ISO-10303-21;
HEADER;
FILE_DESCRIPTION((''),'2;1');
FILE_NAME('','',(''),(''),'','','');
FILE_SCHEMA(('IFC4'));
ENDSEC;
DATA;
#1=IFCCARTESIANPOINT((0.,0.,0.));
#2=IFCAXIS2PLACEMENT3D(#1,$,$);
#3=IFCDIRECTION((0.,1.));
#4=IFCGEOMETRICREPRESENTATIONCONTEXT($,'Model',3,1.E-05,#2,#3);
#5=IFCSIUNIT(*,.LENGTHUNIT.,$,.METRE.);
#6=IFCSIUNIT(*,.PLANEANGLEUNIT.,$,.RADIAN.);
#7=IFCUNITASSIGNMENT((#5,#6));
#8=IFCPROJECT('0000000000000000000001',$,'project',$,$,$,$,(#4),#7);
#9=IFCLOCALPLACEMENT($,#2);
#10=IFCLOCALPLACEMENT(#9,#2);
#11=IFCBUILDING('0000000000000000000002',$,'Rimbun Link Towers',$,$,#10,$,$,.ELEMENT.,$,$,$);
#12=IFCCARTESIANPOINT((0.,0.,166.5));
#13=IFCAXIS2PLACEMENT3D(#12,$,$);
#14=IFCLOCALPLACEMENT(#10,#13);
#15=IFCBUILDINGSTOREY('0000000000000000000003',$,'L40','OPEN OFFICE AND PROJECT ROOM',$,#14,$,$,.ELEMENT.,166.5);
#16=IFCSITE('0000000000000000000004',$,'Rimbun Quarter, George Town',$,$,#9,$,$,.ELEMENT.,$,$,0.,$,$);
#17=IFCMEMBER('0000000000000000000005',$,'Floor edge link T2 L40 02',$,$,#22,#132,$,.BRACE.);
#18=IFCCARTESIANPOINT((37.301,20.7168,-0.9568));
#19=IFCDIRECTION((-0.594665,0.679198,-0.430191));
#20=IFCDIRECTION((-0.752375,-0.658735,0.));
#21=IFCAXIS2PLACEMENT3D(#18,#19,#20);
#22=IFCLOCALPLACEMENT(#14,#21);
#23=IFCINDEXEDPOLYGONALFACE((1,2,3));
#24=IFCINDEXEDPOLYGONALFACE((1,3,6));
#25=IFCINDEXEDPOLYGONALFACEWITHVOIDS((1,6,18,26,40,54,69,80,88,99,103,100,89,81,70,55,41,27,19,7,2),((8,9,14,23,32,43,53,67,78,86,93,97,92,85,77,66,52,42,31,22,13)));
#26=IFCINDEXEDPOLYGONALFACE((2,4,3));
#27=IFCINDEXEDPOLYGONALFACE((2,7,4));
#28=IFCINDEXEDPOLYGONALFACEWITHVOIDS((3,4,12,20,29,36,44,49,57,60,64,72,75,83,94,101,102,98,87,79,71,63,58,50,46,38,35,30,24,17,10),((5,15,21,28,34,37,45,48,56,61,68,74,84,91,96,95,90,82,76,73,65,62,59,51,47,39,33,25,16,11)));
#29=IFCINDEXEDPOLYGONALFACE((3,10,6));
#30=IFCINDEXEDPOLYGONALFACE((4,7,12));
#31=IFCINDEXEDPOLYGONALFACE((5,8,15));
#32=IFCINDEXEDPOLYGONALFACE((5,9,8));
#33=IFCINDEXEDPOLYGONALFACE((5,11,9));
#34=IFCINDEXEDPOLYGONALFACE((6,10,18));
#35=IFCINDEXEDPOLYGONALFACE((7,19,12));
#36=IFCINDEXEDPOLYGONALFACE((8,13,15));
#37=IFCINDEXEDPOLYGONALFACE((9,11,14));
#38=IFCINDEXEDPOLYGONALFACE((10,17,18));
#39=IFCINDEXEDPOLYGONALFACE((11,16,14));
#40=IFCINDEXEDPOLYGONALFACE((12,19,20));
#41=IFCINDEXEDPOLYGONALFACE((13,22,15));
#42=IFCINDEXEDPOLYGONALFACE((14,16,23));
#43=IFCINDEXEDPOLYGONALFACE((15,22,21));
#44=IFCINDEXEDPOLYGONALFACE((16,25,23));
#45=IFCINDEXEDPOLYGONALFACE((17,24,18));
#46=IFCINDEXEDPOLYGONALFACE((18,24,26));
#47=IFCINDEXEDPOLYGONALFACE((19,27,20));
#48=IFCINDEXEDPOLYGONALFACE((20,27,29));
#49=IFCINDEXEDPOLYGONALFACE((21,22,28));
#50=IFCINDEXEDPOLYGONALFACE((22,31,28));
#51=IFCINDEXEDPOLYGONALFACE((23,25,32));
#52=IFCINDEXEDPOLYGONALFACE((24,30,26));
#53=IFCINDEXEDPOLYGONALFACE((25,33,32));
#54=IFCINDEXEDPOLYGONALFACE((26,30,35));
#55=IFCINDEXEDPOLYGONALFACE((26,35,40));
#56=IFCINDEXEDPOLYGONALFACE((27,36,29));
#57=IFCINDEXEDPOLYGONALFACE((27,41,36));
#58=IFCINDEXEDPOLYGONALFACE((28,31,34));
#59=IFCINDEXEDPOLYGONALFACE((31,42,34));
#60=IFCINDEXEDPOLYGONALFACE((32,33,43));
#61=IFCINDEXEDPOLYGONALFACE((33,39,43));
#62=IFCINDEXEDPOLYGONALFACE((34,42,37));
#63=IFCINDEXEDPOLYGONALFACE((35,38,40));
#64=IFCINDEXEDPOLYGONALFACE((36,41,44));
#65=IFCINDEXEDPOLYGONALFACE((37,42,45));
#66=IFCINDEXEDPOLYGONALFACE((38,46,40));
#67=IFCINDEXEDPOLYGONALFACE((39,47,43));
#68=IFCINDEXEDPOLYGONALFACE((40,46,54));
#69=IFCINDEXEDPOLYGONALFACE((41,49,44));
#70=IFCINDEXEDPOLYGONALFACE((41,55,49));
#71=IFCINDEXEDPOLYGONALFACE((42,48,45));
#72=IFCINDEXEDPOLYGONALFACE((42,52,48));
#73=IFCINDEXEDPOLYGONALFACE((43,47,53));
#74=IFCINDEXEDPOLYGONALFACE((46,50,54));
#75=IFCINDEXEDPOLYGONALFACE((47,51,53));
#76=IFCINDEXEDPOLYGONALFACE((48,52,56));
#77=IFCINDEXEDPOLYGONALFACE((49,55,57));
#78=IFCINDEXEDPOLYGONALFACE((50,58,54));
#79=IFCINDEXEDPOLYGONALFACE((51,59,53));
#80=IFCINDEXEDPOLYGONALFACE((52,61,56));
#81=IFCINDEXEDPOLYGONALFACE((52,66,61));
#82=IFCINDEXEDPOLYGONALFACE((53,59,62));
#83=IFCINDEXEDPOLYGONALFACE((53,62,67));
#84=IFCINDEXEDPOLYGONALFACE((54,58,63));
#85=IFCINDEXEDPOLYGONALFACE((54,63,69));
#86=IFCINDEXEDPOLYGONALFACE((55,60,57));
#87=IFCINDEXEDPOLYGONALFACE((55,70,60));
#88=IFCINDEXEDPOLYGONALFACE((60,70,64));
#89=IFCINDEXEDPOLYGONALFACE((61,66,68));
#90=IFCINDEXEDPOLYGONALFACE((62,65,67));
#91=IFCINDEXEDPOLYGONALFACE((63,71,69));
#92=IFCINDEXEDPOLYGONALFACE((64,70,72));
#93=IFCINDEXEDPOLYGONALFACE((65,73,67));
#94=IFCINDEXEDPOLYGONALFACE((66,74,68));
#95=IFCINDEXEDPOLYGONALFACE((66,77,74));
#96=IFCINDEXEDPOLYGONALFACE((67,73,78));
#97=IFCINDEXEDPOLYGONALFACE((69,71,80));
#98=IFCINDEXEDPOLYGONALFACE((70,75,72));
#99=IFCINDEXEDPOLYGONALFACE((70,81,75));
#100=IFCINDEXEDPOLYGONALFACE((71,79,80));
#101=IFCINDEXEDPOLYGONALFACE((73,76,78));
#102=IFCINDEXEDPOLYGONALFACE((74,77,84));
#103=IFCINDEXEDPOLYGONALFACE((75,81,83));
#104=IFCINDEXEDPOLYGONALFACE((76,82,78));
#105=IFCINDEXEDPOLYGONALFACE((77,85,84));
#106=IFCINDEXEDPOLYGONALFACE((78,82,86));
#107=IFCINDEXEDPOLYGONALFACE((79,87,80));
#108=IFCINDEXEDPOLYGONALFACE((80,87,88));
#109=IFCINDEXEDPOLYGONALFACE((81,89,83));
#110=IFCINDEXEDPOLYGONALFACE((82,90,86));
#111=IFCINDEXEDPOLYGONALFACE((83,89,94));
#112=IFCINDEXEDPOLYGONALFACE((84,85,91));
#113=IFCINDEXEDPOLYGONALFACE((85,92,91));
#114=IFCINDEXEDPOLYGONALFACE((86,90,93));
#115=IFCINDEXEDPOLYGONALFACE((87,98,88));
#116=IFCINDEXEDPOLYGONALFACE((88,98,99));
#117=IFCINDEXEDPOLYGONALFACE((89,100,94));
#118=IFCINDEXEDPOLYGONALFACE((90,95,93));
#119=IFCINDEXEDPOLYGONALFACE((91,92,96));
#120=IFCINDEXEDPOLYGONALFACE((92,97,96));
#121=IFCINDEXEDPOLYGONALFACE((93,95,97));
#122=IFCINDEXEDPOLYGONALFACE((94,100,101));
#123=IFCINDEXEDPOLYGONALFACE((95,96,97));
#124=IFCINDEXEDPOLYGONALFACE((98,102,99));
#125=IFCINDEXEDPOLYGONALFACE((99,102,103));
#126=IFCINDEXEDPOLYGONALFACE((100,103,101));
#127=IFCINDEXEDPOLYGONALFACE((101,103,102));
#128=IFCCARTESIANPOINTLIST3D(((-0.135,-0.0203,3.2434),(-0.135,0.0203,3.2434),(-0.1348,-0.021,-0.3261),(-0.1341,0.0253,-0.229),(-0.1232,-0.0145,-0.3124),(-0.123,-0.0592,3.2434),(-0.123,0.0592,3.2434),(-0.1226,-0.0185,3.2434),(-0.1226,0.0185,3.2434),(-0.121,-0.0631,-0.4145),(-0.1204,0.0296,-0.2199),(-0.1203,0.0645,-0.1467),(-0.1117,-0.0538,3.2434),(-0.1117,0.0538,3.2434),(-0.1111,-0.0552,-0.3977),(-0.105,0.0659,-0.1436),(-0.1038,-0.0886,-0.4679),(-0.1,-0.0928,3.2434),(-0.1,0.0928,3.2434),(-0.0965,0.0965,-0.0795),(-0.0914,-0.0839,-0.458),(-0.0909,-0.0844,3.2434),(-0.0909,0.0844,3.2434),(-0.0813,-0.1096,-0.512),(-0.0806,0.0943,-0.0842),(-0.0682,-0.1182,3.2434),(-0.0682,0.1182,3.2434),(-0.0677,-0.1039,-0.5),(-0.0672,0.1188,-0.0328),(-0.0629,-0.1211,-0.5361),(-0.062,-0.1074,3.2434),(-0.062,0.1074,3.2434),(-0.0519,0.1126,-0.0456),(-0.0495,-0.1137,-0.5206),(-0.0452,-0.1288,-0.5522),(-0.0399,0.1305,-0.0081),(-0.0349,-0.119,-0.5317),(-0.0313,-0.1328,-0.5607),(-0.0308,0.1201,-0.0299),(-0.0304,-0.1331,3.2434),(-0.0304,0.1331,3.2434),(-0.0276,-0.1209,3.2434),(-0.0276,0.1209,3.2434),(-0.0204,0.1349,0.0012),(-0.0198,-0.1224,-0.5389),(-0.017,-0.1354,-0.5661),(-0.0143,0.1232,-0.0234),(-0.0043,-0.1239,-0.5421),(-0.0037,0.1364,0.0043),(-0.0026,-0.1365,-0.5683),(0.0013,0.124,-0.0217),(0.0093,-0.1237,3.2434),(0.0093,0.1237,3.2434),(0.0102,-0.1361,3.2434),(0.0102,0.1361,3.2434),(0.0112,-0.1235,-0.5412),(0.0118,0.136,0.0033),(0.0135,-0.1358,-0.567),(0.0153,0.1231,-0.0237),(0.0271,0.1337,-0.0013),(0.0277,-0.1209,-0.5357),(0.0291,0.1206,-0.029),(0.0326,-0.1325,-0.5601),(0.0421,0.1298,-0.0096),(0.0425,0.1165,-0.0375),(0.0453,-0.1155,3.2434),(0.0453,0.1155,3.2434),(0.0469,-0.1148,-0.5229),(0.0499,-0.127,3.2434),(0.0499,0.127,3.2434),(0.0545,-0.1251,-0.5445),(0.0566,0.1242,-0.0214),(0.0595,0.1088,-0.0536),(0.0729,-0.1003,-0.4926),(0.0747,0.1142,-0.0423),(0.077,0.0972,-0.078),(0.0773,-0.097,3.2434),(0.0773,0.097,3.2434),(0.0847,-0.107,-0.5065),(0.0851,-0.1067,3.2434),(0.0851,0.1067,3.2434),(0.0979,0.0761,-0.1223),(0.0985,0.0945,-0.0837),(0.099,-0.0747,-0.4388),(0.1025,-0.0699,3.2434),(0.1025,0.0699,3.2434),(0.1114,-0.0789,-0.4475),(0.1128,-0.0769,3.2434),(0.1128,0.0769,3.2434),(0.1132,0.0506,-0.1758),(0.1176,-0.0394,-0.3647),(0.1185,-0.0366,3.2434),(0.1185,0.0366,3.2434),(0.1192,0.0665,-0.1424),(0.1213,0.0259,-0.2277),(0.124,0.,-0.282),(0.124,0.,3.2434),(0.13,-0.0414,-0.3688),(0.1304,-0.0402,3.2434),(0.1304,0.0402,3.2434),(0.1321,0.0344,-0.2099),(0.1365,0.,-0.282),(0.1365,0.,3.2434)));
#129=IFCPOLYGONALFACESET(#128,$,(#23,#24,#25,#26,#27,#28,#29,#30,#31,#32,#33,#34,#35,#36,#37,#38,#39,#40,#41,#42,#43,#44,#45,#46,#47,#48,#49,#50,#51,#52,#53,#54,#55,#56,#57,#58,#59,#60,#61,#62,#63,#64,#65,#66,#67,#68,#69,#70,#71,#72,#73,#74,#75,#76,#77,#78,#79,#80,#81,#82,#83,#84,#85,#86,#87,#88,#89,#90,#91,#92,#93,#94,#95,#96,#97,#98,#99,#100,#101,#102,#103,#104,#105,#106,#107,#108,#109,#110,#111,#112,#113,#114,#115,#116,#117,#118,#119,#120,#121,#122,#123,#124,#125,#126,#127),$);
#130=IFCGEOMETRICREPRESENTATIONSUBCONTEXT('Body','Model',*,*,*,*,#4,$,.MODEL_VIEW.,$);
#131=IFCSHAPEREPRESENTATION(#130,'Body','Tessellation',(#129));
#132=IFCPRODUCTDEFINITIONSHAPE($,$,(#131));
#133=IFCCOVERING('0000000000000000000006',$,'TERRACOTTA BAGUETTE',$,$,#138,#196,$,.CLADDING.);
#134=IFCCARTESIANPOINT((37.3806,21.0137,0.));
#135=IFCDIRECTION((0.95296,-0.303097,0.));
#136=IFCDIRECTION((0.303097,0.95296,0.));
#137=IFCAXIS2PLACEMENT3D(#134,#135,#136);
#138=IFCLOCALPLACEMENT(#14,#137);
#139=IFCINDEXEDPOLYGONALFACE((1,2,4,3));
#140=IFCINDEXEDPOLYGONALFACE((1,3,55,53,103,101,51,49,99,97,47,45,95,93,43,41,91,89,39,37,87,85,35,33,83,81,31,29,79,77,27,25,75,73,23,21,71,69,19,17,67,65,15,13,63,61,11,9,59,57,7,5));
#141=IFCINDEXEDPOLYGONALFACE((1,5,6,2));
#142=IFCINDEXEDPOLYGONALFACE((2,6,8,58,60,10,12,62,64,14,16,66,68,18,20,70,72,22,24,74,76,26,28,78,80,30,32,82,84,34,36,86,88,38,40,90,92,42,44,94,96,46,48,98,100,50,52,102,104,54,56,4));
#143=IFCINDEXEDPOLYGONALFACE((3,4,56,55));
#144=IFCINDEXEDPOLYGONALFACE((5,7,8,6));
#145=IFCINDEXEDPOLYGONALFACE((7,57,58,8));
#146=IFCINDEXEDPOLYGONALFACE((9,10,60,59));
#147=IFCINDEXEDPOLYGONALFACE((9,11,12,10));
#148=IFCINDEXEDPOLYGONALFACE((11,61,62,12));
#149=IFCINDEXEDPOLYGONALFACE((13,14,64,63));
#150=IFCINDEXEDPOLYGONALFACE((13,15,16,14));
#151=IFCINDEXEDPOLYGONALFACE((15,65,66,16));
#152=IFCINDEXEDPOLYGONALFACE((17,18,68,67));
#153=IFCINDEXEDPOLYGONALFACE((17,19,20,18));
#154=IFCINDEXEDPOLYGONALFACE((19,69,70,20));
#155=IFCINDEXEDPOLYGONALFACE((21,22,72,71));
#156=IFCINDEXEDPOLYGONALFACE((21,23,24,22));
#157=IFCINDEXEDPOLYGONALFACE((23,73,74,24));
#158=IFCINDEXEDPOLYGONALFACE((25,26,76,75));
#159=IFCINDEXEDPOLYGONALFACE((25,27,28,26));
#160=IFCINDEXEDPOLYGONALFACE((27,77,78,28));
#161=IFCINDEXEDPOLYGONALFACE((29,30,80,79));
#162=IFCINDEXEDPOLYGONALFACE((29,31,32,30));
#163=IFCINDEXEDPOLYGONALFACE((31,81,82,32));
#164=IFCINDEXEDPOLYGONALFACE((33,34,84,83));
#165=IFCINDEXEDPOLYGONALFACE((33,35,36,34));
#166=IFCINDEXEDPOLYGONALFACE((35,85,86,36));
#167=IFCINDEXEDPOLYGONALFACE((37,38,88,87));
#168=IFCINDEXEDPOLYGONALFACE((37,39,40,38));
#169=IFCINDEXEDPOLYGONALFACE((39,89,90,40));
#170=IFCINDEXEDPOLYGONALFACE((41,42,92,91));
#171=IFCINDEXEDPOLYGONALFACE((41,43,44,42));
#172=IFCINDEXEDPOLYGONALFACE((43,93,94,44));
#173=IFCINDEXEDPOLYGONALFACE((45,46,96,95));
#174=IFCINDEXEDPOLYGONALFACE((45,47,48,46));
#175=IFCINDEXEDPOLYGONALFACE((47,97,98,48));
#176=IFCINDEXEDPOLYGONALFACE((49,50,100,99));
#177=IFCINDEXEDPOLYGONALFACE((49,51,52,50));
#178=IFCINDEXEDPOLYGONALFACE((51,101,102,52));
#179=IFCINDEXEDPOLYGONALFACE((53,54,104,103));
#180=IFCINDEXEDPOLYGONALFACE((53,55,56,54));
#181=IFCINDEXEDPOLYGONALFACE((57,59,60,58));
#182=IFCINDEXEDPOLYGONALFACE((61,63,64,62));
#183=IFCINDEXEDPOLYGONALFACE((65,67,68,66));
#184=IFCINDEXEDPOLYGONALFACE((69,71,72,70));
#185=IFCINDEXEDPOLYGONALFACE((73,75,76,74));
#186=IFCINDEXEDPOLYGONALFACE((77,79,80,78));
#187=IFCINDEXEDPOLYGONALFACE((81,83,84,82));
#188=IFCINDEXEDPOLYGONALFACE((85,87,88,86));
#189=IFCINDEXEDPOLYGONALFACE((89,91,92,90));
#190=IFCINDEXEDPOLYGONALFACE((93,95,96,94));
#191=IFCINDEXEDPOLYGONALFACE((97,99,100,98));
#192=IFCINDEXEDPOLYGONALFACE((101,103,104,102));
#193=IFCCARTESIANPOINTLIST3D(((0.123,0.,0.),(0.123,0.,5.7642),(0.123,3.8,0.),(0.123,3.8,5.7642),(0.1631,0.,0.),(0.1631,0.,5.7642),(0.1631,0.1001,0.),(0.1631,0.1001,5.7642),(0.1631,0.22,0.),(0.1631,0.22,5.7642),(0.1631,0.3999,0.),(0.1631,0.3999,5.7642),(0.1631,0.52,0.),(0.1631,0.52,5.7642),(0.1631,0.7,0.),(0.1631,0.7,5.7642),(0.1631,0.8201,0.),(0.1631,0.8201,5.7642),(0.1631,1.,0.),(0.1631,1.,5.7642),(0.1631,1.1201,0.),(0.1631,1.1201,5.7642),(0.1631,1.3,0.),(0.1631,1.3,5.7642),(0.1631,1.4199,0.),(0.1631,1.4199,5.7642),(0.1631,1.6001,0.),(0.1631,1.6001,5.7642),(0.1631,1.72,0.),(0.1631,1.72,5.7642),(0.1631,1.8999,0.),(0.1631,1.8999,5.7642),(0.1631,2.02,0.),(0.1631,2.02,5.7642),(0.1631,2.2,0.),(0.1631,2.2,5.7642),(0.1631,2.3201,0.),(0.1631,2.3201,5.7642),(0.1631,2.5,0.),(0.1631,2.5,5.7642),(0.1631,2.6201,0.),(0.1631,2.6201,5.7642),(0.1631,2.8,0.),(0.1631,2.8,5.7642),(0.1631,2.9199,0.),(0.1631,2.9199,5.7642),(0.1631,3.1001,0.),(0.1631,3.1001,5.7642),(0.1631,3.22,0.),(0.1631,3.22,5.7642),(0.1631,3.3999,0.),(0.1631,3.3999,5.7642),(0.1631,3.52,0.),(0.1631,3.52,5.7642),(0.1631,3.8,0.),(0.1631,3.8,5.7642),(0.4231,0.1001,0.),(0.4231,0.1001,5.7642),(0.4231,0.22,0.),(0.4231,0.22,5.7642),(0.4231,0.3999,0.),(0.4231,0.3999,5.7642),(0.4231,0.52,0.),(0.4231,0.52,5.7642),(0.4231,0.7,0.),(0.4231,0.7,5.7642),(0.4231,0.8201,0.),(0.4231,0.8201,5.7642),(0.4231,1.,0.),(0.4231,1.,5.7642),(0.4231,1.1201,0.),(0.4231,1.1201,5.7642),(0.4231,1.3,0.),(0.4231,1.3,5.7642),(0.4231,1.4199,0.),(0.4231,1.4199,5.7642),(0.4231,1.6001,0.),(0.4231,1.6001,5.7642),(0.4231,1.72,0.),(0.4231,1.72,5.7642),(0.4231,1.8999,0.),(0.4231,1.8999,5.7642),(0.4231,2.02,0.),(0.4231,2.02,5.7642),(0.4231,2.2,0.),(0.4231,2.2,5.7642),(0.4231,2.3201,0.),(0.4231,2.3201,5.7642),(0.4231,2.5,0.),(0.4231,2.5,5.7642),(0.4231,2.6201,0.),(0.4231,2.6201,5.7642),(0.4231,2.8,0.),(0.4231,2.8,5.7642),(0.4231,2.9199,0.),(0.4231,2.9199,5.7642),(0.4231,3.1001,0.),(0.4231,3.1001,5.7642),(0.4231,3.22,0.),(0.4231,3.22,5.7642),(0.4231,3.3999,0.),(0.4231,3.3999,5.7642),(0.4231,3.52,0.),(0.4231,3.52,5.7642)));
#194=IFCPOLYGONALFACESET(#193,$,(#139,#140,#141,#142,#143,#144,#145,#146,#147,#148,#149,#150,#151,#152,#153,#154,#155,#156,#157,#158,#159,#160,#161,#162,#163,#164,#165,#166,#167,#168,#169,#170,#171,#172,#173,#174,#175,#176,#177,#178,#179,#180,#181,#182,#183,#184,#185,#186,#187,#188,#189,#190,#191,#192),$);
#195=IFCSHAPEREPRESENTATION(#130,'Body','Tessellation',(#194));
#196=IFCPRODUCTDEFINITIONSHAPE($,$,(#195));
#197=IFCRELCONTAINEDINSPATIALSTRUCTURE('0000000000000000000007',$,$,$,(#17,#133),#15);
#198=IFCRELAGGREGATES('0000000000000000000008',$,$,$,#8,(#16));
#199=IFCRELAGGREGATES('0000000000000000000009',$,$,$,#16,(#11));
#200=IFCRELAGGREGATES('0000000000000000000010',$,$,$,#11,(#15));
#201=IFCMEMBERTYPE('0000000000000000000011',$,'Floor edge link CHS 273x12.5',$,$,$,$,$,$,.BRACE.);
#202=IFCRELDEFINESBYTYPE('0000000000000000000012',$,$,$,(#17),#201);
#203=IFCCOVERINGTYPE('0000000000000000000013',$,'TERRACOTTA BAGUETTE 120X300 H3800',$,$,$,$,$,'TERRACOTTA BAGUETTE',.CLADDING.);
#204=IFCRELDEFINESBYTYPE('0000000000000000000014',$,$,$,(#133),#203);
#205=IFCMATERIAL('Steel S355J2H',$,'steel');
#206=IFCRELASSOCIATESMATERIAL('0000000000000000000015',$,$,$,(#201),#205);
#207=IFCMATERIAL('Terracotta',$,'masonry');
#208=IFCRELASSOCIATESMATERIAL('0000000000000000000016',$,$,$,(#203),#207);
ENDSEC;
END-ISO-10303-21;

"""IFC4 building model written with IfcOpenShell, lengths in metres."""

from ifc_helpers import new_model, si_unit, direction, frame, origin, origin_2d, place, context, subcontext, project, spatial, polyline, hollow_circle, outline, extrude, clip, halfspace, material, material_profile, profile_set, type_object, element, save


model = new_model("IFC4")

# Units and contexts
model_context = context("Model", 3, precision=1e-05, world=origin(), true_north=direction((0.0, 1.0)))
body_context = subcontext(model_context, "Body", "Model", "MODEL_VIEW")
ifc_project = project(units=[si_unit("LENGTHUNIT", "METRE"), si_unit("PLANEANGLEUNIT", "RADIAN")], contexts=[model_context])

# Site, building, storey
site_placement = place(None, origin())
site = spatial("IfcSite", under=ifc_project, at=site_placement, Name="Rimbun Quarter, George Town", CompositionType="ELEMENT", RefElevation=0.0)
building_placement = place(site_placement, origin())
building = spatial("IfcBuilding", under=site, at=building_placement, Name="Rimbun Link Towers", CompositionType="ELEMENT")
storey_placement = place(building_placement, frame((0.0, 0.0, 166.5)))
storey = spatial("IfcBuildingStorey", under=building, at=storey_placement, Name="L40", Description="OPEN OFFICE AND PROJECT ROOM", CompositionType="ELEMENT", Elevation=166.5)

# Member
ifc_material_1 = material(Name="Steel S355J2H", Category="steel")
ifc_material_profile_1 = material_profile(ifc_material_1, hollow_circle(Radius=0.1365, WallThickness=0.0125, at=origin_2d()), Name="CHS 273x12.5")
ifc_profile_set_1 = profile_set([ifc_material_profile_1], Name="Steel S355J2H")
member_type_1 = type_object("IfcMemberType", Name="Floor edge link CHS 273x12.5", PredefinedType="BRACE", material=ifc_profile_set_1)
member_1_placement = place(storey_placement, frame((37.301, 20.7168, -0.9568), z_axis=(-0.594665, 0.679198, -0.430191), x_axis=(-0.752375, -0.658735, 0.0)))
element("IfcMember", 1, at=member_1_placement, inside=storey, type_object=member_type_1, Name="Floor edge link T2 L40 02", PredefinedType="BRACE", context=body_context, shape_type="Clipping", body=[
    clip(extrude(hollow_circle(Radius=0.1365, WallThickness=0.0125, at=origin_2d()), frame((0.0, 0.0, -0.5962)), (0.0, 0.0, 1.0), 3.8396), halfspace(frame((0.0, 0.0, -0.282), z_axis=(0.0, 0.902738, -0.430191)), False)),
])

# Covering
ifc_material_2 = material(Name="Terracotta", Category="masonry")
ifc_material_profile_2 = material_profile(ifc_material_2, outline(polyline([(0.123, 0.0), (0.1631, 0.0), (0.1631, 0.1001), (0.4231, 0.1001), (0.4231, 0.22), (0.1631, 0.22), (0.1631, 0.3999), (0.4231, 0.3999), (0.4231, 0.52), (0.1631, 0.52), (0.1631, 0.7), (0.4231, 0.7), (0.4231, 0.8201), (0.1631, 0.8201), (0.1631, 1.0), (0.4231, 1.0), (0.4231, 1.1201), (0.1631, 1.1201), (0.1631, 1.3), (0.4231, 1.3), (0.4231, 1.4199), (0.1631, 1.4199), (0.1631, 1.6001), (0.4231, 1.6001), (0.4231, 1.72), (0.1631, 1.72), (0.1631, 1.8999), (0.4231, 1.8999), (0.4231, 2.02), (0.1631, 2.02), (0.1631, 2.2), (0.4231, 2.2), (0.4231, 2.3201), (0.1631, 2.3201), (0.1631, 2.5), (0.4231, 2.5), (0.4231, 2.6201), (0.1631, 2.6201), (0.1631, 2.8), (0.4231, 2.8), (0.4231, 2.9199), (0.1631, 2.9199), (0.1631, 3.1001), (0.4231, 3.1001), (0.4231, 3.22), (0.1631, 3.22), (0.1631, 3.3999), (0.4231, 3.3999), (0.4231, 3.52), (0.1631, 3.52), (0.1631, 3.8), (0.123, 3.8), (0.123, 0.0)])), Name="BAGUETTE 120X300")
ifc_profile_set_2 = profile_set([ifc_material_profile_2], Name="Terracotta")
covering_type = type_object("IfcCoveringType", Name="TERRACOTTA BAGUETTE 120X300 H3800", ElementType="TERRACOTTA BAGUETTE", PredefinedType="CLADDING", material=ifc_profile_set_2)
covering_1_placement = place(storey_placement, frame((37.3806, 21.0137, 0.0), z_axis=(0.95296, -0.303097, 0.0), x_axis=(0.303097, 0.95296, 0.0)))
element("IfcCovering", 2, at=covering_1_placement, inside=storey, type_object=covering_type, Name="TERRACOTTA BAGUETTE", PredefinedType="CLADDING", context=body_context, shape_type="SweptSolid", body=[
    extrude(outline(polyline([(0.123, 0.0), (0.1631, 0.0), (0.1631, 0.1001), (0.4231, 0.1001), (0.4231, 0.22), (0.1631, 0.22), (0.1631, 0.3999), (0.4231, 0.3999), (0.4231, 0.52), (0.1631, 0.52), (0.1631, 0.7), (0.4231, 0.7), (0.4231, 0.8201), (0.1631, 0.8201), (0.1631, 1.0), (0.4231, 1.0), (0.4231, 1.1201), (0.1631, 1.1201), (0.1631, 1.3), (0.4231, 1.3), (0.4231, 1.4199), (0.1631, 1.4199), (0.1631, 1.6001), (0.4231, 1.6001), (0.4231, 1.72), (0.1631, 1.72), (0.1631, 1.8999), (0.4231, 1.8999), (0.4231, 2.02), (0.1631, 2.02), (0.1631, 2.2), (0.4231, 2.2), (0.4231, 2.3201), (0.1631, 2.3201), (0.1631, 2.5), (0.4231, 2.5), (0.4231, 2.6201), (0.1631, 2.6201), (0.1631, 2.8), (0.4231, 2.8), (0.4231, 2.9199), (0.1631, 2.9199), (0.1631, 3.1001), (0.4231, 3.1001), (0.4231, 3.22), (0.1631, 3.22), (0.1631, 3.3999), (0.4231, 3.3999), (0.4231, 3.52), (0.1631, 3.52), (0.1631, 3.8), (0.123, 3.8), (0.123, 0.0)])), origin(), (0.0, 0.0, 1.0), 5.7642),
])

save(model, "model.ifc")
